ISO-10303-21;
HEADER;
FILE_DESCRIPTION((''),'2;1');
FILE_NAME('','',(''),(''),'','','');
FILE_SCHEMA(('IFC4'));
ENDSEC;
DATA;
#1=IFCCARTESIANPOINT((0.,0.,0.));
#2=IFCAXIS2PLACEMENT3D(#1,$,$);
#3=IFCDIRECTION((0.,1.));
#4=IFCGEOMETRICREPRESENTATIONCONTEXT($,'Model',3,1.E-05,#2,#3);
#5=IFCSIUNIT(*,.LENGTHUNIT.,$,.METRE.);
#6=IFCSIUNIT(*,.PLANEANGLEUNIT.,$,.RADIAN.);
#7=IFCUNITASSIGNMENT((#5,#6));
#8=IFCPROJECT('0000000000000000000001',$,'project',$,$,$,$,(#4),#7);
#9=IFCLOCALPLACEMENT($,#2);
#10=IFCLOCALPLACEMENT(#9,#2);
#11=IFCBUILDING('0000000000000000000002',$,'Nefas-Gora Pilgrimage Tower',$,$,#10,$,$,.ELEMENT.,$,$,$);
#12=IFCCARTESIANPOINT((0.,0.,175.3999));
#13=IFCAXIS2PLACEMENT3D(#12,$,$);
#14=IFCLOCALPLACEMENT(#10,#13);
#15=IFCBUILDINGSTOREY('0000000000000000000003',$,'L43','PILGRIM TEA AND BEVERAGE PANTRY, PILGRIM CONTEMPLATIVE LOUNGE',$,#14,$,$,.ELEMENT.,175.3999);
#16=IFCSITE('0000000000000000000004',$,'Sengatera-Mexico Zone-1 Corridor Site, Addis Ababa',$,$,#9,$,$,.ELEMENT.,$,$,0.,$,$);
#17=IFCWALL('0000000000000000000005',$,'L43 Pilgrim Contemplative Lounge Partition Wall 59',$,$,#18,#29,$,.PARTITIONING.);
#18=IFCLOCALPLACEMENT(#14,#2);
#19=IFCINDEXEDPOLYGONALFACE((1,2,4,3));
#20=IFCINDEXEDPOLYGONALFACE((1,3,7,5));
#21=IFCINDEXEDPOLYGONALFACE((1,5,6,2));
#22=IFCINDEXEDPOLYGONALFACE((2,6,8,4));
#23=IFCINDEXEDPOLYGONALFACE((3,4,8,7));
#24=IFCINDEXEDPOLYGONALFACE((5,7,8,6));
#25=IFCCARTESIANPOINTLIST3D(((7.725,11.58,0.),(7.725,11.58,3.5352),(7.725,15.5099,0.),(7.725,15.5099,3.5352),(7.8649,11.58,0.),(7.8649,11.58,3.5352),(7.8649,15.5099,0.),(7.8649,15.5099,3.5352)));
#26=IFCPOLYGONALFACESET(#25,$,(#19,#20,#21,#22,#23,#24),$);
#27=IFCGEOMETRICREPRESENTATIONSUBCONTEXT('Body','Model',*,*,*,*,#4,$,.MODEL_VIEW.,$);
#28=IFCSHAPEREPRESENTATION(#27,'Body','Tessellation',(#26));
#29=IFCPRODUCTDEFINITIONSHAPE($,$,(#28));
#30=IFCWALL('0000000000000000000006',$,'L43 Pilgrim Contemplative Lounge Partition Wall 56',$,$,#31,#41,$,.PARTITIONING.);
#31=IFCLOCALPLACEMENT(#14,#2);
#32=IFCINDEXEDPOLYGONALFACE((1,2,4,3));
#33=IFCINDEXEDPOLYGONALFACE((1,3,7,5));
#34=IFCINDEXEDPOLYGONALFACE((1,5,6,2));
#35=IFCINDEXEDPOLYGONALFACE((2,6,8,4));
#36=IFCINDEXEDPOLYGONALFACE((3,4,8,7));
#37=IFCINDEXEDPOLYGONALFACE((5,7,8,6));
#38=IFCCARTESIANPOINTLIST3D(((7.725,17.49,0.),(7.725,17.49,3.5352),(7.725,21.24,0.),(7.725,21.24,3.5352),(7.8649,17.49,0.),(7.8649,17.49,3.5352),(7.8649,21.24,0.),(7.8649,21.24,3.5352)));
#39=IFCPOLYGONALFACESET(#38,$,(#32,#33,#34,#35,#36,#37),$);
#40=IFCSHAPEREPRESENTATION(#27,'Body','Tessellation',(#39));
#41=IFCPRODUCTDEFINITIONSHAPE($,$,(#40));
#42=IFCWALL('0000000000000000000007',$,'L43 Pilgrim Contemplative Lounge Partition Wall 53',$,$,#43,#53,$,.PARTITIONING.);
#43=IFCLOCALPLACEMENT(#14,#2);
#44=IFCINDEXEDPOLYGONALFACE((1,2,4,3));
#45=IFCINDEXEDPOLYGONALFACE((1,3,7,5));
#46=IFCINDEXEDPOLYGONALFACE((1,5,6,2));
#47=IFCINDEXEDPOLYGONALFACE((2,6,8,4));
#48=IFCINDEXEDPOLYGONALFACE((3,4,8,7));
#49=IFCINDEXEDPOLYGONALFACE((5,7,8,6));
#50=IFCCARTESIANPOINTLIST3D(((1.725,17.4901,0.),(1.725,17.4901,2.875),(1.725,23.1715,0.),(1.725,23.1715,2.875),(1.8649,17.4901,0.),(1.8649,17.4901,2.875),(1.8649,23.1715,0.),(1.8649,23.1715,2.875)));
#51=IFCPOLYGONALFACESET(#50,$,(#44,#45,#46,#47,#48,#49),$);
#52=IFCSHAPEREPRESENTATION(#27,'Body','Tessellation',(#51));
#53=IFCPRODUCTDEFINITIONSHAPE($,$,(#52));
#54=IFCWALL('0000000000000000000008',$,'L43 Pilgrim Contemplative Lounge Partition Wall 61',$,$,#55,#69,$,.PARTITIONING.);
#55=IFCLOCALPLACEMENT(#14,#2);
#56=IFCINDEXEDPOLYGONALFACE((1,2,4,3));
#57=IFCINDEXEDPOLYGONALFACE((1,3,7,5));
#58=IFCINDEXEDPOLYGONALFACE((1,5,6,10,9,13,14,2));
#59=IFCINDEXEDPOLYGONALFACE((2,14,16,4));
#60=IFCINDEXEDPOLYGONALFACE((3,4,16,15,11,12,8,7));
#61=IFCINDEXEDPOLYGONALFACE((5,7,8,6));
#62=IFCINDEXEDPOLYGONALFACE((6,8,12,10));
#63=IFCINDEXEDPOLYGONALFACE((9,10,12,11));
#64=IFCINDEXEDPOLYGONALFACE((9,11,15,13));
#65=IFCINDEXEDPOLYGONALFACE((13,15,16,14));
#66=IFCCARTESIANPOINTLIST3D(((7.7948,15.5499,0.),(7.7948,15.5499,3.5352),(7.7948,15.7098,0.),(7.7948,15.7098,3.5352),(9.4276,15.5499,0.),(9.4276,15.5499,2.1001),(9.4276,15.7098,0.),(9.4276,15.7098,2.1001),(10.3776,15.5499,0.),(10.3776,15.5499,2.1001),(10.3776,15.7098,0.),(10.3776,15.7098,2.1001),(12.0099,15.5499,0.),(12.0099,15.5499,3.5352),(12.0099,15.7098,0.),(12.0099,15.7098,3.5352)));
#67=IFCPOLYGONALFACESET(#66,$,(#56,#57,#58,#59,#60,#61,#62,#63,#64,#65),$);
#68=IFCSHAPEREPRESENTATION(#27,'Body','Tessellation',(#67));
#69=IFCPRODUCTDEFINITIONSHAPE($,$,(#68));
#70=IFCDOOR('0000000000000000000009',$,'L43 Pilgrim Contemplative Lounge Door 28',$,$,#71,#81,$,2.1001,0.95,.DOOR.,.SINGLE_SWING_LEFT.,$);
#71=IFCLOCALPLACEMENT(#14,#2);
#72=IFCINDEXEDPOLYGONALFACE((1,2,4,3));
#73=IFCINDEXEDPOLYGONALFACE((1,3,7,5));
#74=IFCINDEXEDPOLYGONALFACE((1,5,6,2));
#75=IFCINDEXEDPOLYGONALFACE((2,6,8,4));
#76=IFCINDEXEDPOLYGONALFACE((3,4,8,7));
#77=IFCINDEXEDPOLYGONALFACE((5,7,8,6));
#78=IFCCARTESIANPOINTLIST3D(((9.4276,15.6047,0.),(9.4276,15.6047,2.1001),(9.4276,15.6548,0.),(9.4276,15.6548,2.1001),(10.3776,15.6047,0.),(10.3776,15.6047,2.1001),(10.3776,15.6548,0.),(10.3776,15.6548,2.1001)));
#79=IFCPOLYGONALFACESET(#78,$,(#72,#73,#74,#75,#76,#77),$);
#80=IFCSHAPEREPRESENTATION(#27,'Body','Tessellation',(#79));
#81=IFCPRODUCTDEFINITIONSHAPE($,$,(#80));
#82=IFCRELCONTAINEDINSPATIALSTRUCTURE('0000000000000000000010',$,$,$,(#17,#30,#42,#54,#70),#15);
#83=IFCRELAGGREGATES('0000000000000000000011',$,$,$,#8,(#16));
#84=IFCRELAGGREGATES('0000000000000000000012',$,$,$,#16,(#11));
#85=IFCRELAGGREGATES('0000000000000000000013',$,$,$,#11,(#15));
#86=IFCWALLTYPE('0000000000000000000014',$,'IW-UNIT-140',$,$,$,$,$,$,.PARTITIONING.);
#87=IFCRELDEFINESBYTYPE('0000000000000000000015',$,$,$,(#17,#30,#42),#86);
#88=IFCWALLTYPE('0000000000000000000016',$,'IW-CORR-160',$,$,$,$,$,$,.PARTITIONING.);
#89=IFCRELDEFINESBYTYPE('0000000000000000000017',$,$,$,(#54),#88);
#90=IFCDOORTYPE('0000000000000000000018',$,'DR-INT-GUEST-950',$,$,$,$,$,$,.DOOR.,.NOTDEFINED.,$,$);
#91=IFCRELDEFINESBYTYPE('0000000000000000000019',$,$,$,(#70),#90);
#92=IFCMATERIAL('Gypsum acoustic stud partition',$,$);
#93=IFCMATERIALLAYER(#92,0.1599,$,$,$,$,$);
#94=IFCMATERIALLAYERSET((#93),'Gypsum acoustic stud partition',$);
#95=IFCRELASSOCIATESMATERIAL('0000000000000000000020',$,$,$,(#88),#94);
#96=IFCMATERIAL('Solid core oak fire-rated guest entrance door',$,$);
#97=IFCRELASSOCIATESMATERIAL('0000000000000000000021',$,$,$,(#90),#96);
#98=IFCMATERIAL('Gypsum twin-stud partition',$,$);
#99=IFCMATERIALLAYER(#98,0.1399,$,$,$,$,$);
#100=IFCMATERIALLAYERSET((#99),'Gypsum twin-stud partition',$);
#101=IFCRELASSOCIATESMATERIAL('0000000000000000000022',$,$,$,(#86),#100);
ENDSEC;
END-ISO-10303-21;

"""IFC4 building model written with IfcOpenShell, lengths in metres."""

from ifc_helpers import new_model, si_unit, direction, frame, frame_2d, origin, place, context, subcontext, project, spatial, rectangle, extrude, source, transform, mapped, material, layer, layer_set, type_object, element, fill, save


model = new_model("IFC4")

# Units and contexts
model_context = context("Model", 3, precision=1e-05, world=origin(), true_north=direction((0.0, 1.0)))
body_context = subcontext(model_context, "Body", "Model", "MODEL_VIEW")
ifc_project = project(units=[si_unit("LENGTHUNIT", "METRE"), si_unit("PLANEANGLEUNIT", "RADIAN")], contexts=[model_context])

# Site, building, storey
site_placement = place(None, origin())
site = spatial("IfcSite", under=ifc_project, at=site_placement, Name="Sengatera-Mexico Zone-1 Corridor Site, Addis Ababa", CompositionType="ELEMENT", RefElevation=0.0)
building_placement = place(site_placement, origin())
building = spatial("IfcBuilding", under=site, at=building_placement, Name="Nefas-Gora Pilgrimage Tower", CompositionType="ELEMENT")
storey_placement = place(building_placement, frame((0.0, 0.0, 175.3999)))
storey = spatial("IfcBuildingStorey", under=building, at=storey_placement, Name="L43", Description="PILGRIM TEA AND BEVERAGE PANTRY, PILGRIM CONTEMPLATIVE LOUNGE", CompositionType="ELEMENT", Elevation=175.3999)

# Shared definitions
ifc_material_1 = material(Name="Gypsum acoustic stud partition")
ifc_layer_1 = layer(ifc_material_1, 0.1599)
ifc_layer_set_1 = layer_set([ifc_layer_1], Name="Gypsum acoustic stud partition")
wall_type_1 = type_object("IfcWallType", Name="IW-CORR-160", PredefinedType="PARTITIONING", material=ifc_layer_set_1)
ifc_material_2 = material(Name="Solid core oak fire-rated guest entrance door")
door_type = type_object("IfcDoorType", Name="DR-INT-GUEST-950", OperationType="NOTDEFINED", PredefinedType="DOOR", material=ifc_material_2)
shared_shape_1 = source(origin(), body_context, "Body", "SweptSolid", [
    extrude(rectangle(XDim=0.95, YDim=2.1001, at=frame_2d((0.4751, 1.05))), frame((0.0, 0.0249, 0.0), z_axis=(0.0, -1.0, 0.0), x_axis=(1.0, 0.0, 0.0)), (0.0, 0.0, 1.0), 0.05),
])

# Walls
ifc_material_3 = material(Name="Gypsum twin-stud partition")
ifc_layer_2 = layer(ifc_material_3, 0.1399)
ifc_layer_set_2 = layer_set([ifc_layer_2], Name="Gypsum twin-stud partition")
wall_type_2 = type_object("IfcWallType", Name="IW-UNIT-140", PredefinedType="PARTITIONING", material=ifc_layer_set_2)
shared_shape_2 = source(origin(), body_context, "Body", "SweptSolid", [
    extrude(rectangle(XDim=3.9299, YDim=0.1399, at=frame_2d((1.9648, 0.0))), origin(), (0.0, 0.0, 1.0), 3.5352),
])
for number, where, z_axis, x_axis, name in (
    (1, (7.7949, 11.5801, 0.0), (0.0, 0.0, 1.0), (0.0, 1.0, 0.0), "L43 Pilgrim Contemplative Lounge Partition Wall 59"),
):
    element("IfcWall", number, at=place(storey_placement, frame(where, z_axis=z_axis, x_axis=x_axis)), inside=storey, type_object=wall_type_2, Name=name, PredefinedType="PARTITIONING", context=body_context, shape_type="MappedRepresentation", body=[
        mapped(shared_shape_2, transform((0.0, 0.0, 0.0), x_axis=(1.0, 0.0, 0.0), y_axis=(0.0, 1.0, 0.0), z_axis=(0.0, 0.0, 1.0), scale=1.0)),
    ])
shared_shape_3 = source(origin(), body_context, "Body", "SweptSolid", [
    extrude(rectangle(XDim=3.75, YDim=0.1399, at=frame_2d((1.875, 0.0))), origin(), (0.0, 0.0, 1.0), 3.5352),
])
wall_1_placement = place(storey_placement, frame((7.7949, 17.49, 0.0), z_axis=(0.0, 0.0, 1.0), x_axis=(0.0, 1.0, 0.0)))
element("IfcWall", 2, at=wall_1_placement, inside=storey, type_object=wall_type_2, Name="L43 Pilgrim Contemplative Lounge Partition Wall 56", PredefinedType="PARTITIONING", context=body_context, shape_type="MappedRepresentation", body=[
    mapped(shared_shape_3, transform((0.0, 0.0, 0.0), x_axis=(1.0, 0.0, 0.0), y_axis=(0.0, 1.0, 0.0), z_axis=(0.0, 0.0, 1.0), scale=1.0)),
])
shared_shape_4 = source(origin(), body_context, "Body", "SweptSolid", [
    extrude(rectangle(XDim=5.6814, YDim=0.1399, at=frame_2d((2.8408, 0.0))), origin(), (0.0, 0.0, 1.0), 2.875),
])
wall_2_placement = place(storey_placement, frame((1.7949, 17.49, 0.0), z_axis=(0.0, 0.0, 1.0), x_axis=(0.0, 1.0, 0.0)))
element("IfcWall", 3, at=wall_2_placement, inside=storey, type_object=wall_type_2, Name="L43 Pilgrim Contemplative Lounge Partition Wall 53", PredefinedType="PARTITIONING", context=body_context, shape_type="MappedRepresentation", body=[
    mapped(shared_shape_4, transform((0.0, 0.0, 0.0), x_axis=(1.0, 0.0, 0.0), y_axis=(0.0, 1.0, 0.0), z_axis=(0.0, 0.0, 1.0), scale=1.0)),
])

# Wall, opening, door
shared_shape_5 = source(origin(), body_context, "Body", "SweptSolid", [
    extrude(rectangle(XDim=4.2151, YDim=0.1599, at=frame_2d((2.1074, 0.0))), origin(), (0.0, 0.0, 1.0), 3.5352),
])
wall_3_placement = place(storey_placement, frame((7.7949, 15.6299, 0.0), z_axis=(0.0, 0.0, 1.0), x_axis=(1.0, 0.0, 0.0)))
wall_3 = element("IfcWall", 4, at=wall_3_placement, inside=storey, type_object=wall_type_1, Name="L43 Pilgrim Contemplative Lounge Partition Wall 61", PredefinedType="PARTITIONING", context=body_context, shape_type="MappedRepresentation", body=[
    mapped(shared_shape_5, transform((0.0, 0.0, 0.0), x_axis=(1.0, 0.0, 0.0), y_axis=(0.0, 1.0, 0.0), z_axis=(0.0, 0.0, 1.0), scale=1.0)),
])
opening_1_placement = place(wall_3_placement, frame((1.6326, 0.0, 0.0)))
opening_1 = element("IfcOpeningElement", 5, at=opening_1_placement, cuts=wall_3, PredefinedType="OPENING", context=body_context, shape_type="SweptSolid", body=[
    extrude(rectangle(XDim=0.95, YDim=2.1001, at=frame_2d((0.4751, 1.05))), frame((0.0, 0.0898, 0.0), z_axis=(0.0, -1.0, 0.0), x_axis=(1.0, 0.0, 0.0)), (0.0, 0.0, 1.0), 0.1799),
])
door_1_placement = place(opening_1_placement, origin())
door_1 = element("IfcDoor", 6, at=door_1_placement, inside=storey, type_object=door_type, Name="L43 Pilgrim Contemplative Lounge Door 28", OperationType="SINGLE_SWING_LEFT", OverallHeight=2.1001, OverallWidth=0.95, PredefinedType="DOOR", context=body_context, shape_type="MappedRepresentation", body=[
    mapped(shared_shape_1, transform((0.0, 0.0, 0.0), x_axis=(1.0, 0.0, 0.0), y_axis=(0.0, 1.0, 0.0), z_axis=(0.0, 0.0, 1.0), scale=1.0)),
])
fill(opening_1, door_1)

save(model, "model.ifc")
